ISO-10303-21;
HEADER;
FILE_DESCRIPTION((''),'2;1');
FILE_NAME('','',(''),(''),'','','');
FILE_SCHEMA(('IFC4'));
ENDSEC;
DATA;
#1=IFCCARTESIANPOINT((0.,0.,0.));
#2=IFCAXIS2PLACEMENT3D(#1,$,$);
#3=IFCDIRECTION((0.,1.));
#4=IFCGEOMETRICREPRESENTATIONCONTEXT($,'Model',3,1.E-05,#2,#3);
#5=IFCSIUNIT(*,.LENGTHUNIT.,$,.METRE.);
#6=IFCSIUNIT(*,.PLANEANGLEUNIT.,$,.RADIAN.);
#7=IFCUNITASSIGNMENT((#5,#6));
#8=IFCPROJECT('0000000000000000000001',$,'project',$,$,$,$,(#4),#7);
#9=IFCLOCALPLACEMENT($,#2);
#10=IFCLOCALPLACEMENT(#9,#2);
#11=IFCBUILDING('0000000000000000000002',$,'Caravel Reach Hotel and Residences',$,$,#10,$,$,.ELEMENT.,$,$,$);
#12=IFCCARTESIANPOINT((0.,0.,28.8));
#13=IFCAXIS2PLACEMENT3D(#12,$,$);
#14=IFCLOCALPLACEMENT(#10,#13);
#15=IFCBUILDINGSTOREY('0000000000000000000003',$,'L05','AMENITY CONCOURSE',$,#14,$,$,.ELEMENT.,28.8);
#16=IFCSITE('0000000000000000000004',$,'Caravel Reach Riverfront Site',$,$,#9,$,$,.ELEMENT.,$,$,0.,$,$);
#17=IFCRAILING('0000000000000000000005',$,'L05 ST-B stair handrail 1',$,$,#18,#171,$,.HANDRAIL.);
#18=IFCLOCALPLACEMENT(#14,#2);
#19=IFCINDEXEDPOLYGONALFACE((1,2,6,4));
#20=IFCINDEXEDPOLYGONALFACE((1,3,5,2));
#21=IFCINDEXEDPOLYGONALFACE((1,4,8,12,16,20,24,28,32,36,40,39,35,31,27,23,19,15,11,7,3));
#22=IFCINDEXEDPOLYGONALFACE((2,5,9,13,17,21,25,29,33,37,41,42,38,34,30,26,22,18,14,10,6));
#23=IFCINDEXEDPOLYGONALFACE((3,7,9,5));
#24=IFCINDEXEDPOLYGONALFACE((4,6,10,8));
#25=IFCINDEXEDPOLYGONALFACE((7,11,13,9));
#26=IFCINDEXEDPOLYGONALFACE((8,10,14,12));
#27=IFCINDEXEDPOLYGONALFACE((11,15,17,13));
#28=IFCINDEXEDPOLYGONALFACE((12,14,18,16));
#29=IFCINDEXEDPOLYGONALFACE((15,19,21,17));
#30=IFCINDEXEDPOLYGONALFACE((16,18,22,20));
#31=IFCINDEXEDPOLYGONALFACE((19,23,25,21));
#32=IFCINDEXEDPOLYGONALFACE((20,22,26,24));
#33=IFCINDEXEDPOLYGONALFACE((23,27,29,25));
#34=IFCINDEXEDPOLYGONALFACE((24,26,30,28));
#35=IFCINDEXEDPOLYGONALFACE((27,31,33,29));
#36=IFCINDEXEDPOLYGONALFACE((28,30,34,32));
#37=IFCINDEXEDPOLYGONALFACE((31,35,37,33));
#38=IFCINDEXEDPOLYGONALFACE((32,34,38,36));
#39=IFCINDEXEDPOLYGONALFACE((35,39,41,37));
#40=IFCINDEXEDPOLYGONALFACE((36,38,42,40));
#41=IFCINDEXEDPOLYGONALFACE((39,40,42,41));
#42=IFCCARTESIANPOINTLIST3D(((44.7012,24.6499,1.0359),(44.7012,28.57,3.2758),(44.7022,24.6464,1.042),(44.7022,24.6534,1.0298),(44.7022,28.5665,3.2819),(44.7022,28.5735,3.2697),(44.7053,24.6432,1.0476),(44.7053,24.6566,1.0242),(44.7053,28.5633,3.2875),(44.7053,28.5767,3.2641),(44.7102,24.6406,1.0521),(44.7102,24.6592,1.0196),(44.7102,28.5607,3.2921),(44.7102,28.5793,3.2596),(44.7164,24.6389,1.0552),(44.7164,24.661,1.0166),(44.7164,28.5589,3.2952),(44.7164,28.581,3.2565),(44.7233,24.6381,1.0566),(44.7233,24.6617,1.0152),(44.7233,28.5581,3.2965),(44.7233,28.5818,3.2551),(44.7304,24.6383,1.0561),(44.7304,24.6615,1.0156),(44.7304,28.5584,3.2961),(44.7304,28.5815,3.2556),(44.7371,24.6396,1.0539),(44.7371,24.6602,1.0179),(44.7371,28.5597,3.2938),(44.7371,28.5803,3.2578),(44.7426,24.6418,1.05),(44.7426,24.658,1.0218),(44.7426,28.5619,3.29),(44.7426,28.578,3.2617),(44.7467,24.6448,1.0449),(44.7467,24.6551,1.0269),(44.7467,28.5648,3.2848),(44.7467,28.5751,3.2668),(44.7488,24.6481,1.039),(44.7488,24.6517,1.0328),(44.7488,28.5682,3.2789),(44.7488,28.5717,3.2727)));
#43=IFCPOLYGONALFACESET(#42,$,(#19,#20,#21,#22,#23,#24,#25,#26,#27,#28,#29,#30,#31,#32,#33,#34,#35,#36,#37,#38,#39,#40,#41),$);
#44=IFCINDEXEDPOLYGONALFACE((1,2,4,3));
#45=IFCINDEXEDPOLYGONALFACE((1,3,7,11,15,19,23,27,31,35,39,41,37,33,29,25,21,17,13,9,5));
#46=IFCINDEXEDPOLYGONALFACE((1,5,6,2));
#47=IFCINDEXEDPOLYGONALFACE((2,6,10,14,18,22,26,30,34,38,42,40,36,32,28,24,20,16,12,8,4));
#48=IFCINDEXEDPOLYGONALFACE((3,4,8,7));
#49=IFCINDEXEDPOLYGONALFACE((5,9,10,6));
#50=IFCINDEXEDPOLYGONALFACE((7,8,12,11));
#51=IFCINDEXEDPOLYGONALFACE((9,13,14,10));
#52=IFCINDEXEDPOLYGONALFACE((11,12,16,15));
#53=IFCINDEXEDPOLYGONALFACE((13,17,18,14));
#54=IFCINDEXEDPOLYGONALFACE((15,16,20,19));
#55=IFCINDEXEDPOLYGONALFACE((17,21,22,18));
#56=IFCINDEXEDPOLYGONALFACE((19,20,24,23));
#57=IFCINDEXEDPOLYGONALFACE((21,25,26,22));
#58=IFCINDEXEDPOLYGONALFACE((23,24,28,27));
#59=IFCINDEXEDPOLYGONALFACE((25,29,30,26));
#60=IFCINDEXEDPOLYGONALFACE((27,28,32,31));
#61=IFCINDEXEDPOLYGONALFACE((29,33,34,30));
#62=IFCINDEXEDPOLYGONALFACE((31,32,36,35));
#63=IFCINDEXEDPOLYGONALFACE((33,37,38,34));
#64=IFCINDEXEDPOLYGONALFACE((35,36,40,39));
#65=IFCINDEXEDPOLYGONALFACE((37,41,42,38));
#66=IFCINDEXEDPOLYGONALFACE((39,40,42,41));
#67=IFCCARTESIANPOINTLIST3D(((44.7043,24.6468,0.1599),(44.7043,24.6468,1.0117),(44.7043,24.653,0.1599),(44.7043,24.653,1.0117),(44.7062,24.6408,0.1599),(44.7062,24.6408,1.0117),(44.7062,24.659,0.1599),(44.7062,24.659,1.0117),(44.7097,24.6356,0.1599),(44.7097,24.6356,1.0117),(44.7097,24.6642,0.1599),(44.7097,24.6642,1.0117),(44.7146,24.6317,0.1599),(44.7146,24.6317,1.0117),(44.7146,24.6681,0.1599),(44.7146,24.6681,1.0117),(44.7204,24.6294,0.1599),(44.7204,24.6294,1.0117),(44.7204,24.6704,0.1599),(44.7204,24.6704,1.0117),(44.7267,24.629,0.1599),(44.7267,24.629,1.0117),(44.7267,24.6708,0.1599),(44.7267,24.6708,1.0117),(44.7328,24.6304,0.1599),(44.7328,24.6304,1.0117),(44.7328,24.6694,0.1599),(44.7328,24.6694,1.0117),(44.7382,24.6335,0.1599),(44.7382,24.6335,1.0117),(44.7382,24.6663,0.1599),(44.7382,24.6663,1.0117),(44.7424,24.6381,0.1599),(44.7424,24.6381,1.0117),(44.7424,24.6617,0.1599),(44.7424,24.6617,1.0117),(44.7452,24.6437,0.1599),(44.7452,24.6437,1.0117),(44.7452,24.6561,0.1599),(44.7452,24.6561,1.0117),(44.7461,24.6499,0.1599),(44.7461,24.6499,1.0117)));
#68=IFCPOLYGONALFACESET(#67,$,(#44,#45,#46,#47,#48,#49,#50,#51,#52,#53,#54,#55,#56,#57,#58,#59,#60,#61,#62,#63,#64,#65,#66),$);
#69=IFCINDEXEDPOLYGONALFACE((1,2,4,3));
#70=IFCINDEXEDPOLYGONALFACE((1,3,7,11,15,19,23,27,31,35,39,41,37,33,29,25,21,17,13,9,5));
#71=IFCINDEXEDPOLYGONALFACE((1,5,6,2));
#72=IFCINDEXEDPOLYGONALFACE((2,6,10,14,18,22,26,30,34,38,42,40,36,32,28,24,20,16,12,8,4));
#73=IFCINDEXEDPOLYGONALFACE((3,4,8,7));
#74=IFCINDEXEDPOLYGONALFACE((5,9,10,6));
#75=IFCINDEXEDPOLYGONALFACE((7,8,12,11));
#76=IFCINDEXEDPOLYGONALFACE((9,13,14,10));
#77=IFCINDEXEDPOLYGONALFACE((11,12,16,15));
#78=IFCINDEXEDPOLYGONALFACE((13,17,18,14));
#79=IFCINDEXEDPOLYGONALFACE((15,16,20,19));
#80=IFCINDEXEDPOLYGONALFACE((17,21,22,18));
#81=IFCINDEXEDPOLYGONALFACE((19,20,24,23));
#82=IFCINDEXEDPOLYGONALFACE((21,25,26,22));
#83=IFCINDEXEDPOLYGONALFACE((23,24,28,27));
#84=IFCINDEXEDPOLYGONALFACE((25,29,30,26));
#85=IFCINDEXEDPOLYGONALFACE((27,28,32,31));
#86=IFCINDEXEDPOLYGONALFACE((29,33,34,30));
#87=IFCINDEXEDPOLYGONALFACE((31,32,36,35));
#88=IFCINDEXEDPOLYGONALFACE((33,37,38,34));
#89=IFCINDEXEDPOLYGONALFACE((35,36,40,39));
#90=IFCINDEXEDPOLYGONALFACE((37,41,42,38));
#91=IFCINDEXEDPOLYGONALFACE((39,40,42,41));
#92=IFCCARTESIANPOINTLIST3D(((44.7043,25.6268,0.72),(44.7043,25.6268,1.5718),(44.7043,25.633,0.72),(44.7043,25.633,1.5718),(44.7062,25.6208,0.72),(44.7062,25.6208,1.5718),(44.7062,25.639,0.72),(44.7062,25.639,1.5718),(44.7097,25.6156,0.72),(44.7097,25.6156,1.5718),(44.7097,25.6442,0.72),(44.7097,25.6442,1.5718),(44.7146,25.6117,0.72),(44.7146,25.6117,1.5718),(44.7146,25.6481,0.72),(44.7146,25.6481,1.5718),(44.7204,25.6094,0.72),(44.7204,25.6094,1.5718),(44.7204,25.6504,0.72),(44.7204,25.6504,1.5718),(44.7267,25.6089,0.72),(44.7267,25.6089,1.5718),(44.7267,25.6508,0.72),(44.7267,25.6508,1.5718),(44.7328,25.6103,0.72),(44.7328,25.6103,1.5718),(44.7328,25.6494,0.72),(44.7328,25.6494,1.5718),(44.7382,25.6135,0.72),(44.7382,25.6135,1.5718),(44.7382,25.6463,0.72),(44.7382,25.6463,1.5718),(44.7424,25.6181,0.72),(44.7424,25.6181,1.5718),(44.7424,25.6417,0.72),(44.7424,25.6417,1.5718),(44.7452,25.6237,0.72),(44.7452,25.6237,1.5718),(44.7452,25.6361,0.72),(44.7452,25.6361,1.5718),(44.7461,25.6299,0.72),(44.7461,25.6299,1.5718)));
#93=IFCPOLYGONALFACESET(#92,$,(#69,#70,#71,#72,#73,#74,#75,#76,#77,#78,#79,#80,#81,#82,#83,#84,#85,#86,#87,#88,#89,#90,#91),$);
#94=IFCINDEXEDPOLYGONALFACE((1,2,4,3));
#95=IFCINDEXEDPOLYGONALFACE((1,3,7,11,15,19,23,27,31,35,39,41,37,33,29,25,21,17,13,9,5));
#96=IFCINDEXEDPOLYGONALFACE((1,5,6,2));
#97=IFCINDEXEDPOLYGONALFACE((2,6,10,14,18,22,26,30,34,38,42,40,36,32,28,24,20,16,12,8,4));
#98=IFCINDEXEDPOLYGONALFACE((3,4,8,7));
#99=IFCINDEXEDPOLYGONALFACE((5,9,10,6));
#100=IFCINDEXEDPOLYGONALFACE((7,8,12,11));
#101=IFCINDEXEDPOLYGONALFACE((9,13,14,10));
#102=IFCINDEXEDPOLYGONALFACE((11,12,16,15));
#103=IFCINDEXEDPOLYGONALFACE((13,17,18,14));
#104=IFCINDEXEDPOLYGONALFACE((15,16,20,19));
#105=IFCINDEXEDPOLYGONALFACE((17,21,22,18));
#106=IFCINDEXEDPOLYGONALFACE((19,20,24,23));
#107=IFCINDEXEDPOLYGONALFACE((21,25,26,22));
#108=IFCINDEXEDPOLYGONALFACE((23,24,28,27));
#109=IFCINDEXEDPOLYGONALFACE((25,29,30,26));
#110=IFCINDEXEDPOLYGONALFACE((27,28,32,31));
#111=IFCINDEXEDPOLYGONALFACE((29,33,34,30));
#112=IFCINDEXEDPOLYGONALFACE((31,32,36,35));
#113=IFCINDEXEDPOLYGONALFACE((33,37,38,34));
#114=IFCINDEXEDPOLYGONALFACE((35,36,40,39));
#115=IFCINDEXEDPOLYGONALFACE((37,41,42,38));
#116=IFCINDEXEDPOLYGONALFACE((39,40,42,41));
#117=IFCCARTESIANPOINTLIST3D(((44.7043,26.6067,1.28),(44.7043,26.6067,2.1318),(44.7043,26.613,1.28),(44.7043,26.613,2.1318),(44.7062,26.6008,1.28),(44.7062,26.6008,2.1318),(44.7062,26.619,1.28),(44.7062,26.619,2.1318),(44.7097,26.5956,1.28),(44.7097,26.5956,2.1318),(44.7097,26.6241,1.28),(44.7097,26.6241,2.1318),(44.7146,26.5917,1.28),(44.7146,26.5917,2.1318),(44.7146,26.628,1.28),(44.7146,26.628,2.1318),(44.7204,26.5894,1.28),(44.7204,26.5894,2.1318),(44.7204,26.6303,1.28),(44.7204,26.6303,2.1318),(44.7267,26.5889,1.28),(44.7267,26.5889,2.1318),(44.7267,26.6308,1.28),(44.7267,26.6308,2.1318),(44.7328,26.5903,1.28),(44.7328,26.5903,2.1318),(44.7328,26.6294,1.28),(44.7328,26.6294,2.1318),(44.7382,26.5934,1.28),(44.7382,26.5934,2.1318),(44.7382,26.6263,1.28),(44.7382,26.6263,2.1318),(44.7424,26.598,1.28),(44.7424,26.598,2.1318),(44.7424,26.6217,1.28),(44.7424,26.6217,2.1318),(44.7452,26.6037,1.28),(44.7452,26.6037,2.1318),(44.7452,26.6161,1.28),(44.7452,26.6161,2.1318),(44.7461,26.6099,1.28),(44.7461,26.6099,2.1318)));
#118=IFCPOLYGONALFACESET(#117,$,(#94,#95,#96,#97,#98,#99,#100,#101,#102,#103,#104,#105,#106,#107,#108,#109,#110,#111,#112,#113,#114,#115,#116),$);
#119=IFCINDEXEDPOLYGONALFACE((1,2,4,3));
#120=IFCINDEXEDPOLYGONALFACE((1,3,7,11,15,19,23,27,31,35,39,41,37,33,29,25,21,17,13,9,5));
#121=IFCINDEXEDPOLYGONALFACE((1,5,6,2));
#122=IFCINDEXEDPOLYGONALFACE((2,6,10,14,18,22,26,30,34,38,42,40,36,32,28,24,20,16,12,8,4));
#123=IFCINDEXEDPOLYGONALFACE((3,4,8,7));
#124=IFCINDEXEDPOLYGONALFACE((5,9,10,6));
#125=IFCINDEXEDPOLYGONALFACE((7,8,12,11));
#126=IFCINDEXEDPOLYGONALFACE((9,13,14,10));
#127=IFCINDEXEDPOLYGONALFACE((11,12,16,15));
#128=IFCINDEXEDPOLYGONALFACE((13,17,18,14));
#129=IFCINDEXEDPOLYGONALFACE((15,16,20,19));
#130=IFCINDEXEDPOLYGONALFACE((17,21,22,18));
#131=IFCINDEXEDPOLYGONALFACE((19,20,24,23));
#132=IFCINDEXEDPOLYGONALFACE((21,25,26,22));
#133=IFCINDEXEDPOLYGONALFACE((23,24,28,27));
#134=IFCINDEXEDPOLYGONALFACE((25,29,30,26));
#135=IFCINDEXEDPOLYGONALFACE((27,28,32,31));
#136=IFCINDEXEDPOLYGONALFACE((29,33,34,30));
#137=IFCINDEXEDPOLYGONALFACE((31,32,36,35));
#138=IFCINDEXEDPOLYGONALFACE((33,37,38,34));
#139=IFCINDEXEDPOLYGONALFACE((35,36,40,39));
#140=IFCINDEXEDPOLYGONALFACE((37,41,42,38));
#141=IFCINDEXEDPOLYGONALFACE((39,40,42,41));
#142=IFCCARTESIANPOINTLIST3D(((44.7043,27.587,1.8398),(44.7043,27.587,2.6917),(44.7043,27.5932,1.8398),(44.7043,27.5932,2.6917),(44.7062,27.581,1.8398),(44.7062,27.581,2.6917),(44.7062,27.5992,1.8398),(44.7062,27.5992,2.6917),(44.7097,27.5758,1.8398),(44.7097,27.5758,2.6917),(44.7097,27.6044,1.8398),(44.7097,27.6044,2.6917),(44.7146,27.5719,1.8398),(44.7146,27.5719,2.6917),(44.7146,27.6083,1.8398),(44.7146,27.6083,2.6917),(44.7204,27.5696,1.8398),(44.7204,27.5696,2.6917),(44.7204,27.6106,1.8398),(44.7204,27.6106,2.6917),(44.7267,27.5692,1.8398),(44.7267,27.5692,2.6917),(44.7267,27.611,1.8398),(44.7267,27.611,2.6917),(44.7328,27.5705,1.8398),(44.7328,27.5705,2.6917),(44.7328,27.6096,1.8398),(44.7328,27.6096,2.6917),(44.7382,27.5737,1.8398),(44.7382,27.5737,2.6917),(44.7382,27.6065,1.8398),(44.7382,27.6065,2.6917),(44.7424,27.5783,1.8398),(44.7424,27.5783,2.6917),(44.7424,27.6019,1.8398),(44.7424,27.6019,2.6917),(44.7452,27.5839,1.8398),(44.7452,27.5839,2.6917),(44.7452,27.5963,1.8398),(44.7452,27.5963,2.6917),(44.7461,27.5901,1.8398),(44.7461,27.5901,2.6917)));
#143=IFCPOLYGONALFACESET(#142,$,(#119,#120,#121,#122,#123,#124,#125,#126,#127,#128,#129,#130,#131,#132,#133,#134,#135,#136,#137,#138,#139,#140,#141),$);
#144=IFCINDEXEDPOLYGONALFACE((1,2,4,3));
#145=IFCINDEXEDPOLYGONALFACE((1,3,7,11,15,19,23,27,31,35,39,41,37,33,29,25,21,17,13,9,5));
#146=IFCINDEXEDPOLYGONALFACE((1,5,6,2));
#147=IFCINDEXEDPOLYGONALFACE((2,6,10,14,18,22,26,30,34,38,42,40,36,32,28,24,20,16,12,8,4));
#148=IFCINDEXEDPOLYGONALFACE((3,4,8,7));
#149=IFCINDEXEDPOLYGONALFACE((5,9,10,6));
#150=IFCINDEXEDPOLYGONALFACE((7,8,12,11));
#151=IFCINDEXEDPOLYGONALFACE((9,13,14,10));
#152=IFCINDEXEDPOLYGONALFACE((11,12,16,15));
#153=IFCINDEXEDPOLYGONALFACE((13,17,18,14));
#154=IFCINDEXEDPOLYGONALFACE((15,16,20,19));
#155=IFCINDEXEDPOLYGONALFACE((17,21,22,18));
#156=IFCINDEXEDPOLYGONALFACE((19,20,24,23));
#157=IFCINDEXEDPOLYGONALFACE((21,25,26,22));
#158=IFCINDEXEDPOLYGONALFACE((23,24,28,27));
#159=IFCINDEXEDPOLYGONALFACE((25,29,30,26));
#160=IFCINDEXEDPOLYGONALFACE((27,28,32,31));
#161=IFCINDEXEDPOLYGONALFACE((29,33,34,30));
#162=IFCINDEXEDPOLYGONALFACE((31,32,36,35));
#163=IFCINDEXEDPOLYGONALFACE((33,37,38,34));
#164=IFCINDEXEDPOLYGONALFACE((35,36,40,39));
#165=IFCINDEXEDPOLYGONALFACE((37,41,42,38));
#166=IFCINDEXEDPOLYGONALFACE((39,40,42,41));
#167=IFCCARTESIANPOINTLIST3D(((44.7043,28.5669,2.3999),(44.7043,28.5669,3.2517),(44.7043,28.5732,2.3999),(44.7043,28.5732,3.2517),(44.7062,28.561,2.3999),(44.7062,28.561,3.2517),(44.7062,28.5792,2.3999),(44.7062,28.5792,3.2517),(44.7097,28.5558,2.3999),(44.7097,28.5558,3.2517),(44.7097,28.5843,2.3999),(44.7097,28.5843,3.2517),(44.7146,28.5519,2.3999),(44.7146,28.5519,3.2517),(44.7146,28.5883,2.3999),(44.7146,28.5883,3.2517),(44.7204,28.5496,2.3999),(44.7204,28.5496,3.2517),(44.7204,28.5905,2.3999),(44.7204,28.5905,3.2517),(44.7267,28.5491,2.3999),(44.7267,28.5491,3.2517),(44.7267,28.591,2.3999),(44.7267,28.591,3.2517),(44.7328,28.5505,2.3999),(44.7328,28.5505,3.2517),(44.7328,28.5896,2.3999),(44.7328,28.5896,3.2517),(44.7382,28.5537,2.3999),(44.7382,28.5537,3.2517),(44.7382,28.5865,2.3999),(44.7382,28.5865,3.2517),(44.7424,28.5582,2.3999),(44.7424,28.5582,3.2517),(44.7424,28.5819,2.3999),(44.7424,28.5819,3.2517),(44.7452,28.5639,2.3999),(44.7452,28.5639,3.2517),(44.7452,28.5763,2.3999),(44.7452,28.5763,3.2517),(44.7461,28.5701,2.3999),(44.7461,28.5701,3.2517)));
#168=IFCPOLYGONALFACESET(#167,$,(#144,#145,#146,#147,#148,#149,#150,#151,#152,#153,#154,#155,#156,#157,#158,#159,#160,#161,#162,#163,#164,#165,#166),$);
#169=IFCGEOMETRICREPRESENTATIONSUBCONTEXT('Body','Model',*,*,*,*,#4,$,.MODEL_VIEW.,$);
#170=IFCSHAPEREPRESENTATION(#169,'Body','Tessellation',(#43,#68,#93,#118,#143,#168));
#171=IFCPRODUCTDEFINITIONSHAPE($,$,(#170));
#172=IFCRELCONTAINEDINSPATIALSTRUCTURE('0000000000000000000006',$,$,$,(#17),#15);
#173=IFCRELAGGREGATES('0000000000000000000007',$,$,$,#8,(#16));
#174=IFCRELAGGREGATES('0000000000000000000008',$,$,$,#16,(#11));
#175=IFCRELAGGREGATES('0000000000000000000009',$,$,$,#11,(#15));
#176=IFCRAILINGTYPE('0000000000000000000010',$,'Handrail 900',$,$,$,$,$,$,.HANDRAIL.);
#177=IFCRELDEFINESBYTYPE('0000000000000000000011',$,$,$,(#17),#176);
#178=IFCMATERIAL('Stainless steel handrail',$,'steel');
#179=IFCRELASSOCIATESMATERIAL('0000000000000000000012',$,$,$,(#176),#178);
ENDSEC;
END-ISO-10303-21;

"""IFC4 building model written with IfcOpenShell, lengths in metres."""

from ifc_helpers import new_model, si_unit, direction, frame, origin, origin_2d, place, context, subcontext, project, spatial, circle, extrude, material, type_object, element, save


model = new_model("IFC4")

# Units and contexts
model_context = context("Model", 3, precision=1e-05, world=origin(), true_north=direction((0.0, 1.0)))
body_context = subcontext(model_context, "Body", "Model", "MODEL_VIEW")
ifc_project = project(units=[si_unit("LENGTHUNIT", "METRE"), si_unit("PLANEANGLEUNIT", "RADIAN")], contexts=[model_context])

# Site, building, storey
site_placement = place(None, origin())
site = spatial("IfcSite", under=ifc_project, at=site_placement, Name="Caravel Reach Riverfront Site", CompositionType="ELEMENT", RefElevation=0.0)
building_placement = place(site_placement, origin())
building = spatial("IfcBuilding", under=site, at=building_placement, Name="Caravel Reach Hotel and Residences", CompositionType="ELEMENT")
storey_placement = place(building_placement, frame((0.0, 0.0, 28.8)))
storey = spatial("IfcBuildingStorey", under=building, at=storey_placement, Name="L05", Description="AMENITY CONCOURSE", CompositionType="ELEMENT", Elevation=28.8)

# Railing
ifc_material_1 = material(Name="Stainless steel handrail", Category="steel")
railing_type_1 = type_object("IfcRailingType", Name="Handrail 900", PredefinedType="HANDRAIL", material=ifc_material_1)
railing_1_placement = place(storey_placement, frame((44.7251, 24.6499, 0.1599)))
element("IfcRailing", 1, at=railing_1_placement, inside=storey, type_object=railing_type_1, Name="L05 ST-B stair handrail 1", PredefinedType="HANDRAIL", context=body_context, shape_type="SweptSolid", body=[
    extrude(circle(Radius=0.0239, at=origin_2d()), frame((0.0, 0.0, 0.876), z_axis=(0.0, 0.868253, 0.496121), x_axis=(-1.0, 0.0, 0.0)), (0.0, 0.0, 1.0), 4.5149),
    extrude(circle(Radius=0.021, at=origin_2d()), origin(), (0.0, 0.0, 1.0), 0.8518),
    extrude(circle(Radius=0.021, at=origin_2d()), frame((0.0, 0.98, 0.5601)), (0.0, 0.0, 1.0), 0.8518),
    extrude(circle(Radius=0.021, at=origin_2d()), frame((0.0, 1.96, 1.1201)), (0.0, 0.0, 1.0), 0.8518),
    extrude(circle(Radius=0.021, at=origin_2d()), frame((0.0, 2.9402, 1.6799)), (0.0, 0.0, 1.0), 0.8518),
    extrude(circle(Radius=0.021, at=origin_2d()), frame((0.0, 3.9202, 2.24)), (0.0, 0.0, 1.0), 0.8518),
])

save(model, "model.ifc")
